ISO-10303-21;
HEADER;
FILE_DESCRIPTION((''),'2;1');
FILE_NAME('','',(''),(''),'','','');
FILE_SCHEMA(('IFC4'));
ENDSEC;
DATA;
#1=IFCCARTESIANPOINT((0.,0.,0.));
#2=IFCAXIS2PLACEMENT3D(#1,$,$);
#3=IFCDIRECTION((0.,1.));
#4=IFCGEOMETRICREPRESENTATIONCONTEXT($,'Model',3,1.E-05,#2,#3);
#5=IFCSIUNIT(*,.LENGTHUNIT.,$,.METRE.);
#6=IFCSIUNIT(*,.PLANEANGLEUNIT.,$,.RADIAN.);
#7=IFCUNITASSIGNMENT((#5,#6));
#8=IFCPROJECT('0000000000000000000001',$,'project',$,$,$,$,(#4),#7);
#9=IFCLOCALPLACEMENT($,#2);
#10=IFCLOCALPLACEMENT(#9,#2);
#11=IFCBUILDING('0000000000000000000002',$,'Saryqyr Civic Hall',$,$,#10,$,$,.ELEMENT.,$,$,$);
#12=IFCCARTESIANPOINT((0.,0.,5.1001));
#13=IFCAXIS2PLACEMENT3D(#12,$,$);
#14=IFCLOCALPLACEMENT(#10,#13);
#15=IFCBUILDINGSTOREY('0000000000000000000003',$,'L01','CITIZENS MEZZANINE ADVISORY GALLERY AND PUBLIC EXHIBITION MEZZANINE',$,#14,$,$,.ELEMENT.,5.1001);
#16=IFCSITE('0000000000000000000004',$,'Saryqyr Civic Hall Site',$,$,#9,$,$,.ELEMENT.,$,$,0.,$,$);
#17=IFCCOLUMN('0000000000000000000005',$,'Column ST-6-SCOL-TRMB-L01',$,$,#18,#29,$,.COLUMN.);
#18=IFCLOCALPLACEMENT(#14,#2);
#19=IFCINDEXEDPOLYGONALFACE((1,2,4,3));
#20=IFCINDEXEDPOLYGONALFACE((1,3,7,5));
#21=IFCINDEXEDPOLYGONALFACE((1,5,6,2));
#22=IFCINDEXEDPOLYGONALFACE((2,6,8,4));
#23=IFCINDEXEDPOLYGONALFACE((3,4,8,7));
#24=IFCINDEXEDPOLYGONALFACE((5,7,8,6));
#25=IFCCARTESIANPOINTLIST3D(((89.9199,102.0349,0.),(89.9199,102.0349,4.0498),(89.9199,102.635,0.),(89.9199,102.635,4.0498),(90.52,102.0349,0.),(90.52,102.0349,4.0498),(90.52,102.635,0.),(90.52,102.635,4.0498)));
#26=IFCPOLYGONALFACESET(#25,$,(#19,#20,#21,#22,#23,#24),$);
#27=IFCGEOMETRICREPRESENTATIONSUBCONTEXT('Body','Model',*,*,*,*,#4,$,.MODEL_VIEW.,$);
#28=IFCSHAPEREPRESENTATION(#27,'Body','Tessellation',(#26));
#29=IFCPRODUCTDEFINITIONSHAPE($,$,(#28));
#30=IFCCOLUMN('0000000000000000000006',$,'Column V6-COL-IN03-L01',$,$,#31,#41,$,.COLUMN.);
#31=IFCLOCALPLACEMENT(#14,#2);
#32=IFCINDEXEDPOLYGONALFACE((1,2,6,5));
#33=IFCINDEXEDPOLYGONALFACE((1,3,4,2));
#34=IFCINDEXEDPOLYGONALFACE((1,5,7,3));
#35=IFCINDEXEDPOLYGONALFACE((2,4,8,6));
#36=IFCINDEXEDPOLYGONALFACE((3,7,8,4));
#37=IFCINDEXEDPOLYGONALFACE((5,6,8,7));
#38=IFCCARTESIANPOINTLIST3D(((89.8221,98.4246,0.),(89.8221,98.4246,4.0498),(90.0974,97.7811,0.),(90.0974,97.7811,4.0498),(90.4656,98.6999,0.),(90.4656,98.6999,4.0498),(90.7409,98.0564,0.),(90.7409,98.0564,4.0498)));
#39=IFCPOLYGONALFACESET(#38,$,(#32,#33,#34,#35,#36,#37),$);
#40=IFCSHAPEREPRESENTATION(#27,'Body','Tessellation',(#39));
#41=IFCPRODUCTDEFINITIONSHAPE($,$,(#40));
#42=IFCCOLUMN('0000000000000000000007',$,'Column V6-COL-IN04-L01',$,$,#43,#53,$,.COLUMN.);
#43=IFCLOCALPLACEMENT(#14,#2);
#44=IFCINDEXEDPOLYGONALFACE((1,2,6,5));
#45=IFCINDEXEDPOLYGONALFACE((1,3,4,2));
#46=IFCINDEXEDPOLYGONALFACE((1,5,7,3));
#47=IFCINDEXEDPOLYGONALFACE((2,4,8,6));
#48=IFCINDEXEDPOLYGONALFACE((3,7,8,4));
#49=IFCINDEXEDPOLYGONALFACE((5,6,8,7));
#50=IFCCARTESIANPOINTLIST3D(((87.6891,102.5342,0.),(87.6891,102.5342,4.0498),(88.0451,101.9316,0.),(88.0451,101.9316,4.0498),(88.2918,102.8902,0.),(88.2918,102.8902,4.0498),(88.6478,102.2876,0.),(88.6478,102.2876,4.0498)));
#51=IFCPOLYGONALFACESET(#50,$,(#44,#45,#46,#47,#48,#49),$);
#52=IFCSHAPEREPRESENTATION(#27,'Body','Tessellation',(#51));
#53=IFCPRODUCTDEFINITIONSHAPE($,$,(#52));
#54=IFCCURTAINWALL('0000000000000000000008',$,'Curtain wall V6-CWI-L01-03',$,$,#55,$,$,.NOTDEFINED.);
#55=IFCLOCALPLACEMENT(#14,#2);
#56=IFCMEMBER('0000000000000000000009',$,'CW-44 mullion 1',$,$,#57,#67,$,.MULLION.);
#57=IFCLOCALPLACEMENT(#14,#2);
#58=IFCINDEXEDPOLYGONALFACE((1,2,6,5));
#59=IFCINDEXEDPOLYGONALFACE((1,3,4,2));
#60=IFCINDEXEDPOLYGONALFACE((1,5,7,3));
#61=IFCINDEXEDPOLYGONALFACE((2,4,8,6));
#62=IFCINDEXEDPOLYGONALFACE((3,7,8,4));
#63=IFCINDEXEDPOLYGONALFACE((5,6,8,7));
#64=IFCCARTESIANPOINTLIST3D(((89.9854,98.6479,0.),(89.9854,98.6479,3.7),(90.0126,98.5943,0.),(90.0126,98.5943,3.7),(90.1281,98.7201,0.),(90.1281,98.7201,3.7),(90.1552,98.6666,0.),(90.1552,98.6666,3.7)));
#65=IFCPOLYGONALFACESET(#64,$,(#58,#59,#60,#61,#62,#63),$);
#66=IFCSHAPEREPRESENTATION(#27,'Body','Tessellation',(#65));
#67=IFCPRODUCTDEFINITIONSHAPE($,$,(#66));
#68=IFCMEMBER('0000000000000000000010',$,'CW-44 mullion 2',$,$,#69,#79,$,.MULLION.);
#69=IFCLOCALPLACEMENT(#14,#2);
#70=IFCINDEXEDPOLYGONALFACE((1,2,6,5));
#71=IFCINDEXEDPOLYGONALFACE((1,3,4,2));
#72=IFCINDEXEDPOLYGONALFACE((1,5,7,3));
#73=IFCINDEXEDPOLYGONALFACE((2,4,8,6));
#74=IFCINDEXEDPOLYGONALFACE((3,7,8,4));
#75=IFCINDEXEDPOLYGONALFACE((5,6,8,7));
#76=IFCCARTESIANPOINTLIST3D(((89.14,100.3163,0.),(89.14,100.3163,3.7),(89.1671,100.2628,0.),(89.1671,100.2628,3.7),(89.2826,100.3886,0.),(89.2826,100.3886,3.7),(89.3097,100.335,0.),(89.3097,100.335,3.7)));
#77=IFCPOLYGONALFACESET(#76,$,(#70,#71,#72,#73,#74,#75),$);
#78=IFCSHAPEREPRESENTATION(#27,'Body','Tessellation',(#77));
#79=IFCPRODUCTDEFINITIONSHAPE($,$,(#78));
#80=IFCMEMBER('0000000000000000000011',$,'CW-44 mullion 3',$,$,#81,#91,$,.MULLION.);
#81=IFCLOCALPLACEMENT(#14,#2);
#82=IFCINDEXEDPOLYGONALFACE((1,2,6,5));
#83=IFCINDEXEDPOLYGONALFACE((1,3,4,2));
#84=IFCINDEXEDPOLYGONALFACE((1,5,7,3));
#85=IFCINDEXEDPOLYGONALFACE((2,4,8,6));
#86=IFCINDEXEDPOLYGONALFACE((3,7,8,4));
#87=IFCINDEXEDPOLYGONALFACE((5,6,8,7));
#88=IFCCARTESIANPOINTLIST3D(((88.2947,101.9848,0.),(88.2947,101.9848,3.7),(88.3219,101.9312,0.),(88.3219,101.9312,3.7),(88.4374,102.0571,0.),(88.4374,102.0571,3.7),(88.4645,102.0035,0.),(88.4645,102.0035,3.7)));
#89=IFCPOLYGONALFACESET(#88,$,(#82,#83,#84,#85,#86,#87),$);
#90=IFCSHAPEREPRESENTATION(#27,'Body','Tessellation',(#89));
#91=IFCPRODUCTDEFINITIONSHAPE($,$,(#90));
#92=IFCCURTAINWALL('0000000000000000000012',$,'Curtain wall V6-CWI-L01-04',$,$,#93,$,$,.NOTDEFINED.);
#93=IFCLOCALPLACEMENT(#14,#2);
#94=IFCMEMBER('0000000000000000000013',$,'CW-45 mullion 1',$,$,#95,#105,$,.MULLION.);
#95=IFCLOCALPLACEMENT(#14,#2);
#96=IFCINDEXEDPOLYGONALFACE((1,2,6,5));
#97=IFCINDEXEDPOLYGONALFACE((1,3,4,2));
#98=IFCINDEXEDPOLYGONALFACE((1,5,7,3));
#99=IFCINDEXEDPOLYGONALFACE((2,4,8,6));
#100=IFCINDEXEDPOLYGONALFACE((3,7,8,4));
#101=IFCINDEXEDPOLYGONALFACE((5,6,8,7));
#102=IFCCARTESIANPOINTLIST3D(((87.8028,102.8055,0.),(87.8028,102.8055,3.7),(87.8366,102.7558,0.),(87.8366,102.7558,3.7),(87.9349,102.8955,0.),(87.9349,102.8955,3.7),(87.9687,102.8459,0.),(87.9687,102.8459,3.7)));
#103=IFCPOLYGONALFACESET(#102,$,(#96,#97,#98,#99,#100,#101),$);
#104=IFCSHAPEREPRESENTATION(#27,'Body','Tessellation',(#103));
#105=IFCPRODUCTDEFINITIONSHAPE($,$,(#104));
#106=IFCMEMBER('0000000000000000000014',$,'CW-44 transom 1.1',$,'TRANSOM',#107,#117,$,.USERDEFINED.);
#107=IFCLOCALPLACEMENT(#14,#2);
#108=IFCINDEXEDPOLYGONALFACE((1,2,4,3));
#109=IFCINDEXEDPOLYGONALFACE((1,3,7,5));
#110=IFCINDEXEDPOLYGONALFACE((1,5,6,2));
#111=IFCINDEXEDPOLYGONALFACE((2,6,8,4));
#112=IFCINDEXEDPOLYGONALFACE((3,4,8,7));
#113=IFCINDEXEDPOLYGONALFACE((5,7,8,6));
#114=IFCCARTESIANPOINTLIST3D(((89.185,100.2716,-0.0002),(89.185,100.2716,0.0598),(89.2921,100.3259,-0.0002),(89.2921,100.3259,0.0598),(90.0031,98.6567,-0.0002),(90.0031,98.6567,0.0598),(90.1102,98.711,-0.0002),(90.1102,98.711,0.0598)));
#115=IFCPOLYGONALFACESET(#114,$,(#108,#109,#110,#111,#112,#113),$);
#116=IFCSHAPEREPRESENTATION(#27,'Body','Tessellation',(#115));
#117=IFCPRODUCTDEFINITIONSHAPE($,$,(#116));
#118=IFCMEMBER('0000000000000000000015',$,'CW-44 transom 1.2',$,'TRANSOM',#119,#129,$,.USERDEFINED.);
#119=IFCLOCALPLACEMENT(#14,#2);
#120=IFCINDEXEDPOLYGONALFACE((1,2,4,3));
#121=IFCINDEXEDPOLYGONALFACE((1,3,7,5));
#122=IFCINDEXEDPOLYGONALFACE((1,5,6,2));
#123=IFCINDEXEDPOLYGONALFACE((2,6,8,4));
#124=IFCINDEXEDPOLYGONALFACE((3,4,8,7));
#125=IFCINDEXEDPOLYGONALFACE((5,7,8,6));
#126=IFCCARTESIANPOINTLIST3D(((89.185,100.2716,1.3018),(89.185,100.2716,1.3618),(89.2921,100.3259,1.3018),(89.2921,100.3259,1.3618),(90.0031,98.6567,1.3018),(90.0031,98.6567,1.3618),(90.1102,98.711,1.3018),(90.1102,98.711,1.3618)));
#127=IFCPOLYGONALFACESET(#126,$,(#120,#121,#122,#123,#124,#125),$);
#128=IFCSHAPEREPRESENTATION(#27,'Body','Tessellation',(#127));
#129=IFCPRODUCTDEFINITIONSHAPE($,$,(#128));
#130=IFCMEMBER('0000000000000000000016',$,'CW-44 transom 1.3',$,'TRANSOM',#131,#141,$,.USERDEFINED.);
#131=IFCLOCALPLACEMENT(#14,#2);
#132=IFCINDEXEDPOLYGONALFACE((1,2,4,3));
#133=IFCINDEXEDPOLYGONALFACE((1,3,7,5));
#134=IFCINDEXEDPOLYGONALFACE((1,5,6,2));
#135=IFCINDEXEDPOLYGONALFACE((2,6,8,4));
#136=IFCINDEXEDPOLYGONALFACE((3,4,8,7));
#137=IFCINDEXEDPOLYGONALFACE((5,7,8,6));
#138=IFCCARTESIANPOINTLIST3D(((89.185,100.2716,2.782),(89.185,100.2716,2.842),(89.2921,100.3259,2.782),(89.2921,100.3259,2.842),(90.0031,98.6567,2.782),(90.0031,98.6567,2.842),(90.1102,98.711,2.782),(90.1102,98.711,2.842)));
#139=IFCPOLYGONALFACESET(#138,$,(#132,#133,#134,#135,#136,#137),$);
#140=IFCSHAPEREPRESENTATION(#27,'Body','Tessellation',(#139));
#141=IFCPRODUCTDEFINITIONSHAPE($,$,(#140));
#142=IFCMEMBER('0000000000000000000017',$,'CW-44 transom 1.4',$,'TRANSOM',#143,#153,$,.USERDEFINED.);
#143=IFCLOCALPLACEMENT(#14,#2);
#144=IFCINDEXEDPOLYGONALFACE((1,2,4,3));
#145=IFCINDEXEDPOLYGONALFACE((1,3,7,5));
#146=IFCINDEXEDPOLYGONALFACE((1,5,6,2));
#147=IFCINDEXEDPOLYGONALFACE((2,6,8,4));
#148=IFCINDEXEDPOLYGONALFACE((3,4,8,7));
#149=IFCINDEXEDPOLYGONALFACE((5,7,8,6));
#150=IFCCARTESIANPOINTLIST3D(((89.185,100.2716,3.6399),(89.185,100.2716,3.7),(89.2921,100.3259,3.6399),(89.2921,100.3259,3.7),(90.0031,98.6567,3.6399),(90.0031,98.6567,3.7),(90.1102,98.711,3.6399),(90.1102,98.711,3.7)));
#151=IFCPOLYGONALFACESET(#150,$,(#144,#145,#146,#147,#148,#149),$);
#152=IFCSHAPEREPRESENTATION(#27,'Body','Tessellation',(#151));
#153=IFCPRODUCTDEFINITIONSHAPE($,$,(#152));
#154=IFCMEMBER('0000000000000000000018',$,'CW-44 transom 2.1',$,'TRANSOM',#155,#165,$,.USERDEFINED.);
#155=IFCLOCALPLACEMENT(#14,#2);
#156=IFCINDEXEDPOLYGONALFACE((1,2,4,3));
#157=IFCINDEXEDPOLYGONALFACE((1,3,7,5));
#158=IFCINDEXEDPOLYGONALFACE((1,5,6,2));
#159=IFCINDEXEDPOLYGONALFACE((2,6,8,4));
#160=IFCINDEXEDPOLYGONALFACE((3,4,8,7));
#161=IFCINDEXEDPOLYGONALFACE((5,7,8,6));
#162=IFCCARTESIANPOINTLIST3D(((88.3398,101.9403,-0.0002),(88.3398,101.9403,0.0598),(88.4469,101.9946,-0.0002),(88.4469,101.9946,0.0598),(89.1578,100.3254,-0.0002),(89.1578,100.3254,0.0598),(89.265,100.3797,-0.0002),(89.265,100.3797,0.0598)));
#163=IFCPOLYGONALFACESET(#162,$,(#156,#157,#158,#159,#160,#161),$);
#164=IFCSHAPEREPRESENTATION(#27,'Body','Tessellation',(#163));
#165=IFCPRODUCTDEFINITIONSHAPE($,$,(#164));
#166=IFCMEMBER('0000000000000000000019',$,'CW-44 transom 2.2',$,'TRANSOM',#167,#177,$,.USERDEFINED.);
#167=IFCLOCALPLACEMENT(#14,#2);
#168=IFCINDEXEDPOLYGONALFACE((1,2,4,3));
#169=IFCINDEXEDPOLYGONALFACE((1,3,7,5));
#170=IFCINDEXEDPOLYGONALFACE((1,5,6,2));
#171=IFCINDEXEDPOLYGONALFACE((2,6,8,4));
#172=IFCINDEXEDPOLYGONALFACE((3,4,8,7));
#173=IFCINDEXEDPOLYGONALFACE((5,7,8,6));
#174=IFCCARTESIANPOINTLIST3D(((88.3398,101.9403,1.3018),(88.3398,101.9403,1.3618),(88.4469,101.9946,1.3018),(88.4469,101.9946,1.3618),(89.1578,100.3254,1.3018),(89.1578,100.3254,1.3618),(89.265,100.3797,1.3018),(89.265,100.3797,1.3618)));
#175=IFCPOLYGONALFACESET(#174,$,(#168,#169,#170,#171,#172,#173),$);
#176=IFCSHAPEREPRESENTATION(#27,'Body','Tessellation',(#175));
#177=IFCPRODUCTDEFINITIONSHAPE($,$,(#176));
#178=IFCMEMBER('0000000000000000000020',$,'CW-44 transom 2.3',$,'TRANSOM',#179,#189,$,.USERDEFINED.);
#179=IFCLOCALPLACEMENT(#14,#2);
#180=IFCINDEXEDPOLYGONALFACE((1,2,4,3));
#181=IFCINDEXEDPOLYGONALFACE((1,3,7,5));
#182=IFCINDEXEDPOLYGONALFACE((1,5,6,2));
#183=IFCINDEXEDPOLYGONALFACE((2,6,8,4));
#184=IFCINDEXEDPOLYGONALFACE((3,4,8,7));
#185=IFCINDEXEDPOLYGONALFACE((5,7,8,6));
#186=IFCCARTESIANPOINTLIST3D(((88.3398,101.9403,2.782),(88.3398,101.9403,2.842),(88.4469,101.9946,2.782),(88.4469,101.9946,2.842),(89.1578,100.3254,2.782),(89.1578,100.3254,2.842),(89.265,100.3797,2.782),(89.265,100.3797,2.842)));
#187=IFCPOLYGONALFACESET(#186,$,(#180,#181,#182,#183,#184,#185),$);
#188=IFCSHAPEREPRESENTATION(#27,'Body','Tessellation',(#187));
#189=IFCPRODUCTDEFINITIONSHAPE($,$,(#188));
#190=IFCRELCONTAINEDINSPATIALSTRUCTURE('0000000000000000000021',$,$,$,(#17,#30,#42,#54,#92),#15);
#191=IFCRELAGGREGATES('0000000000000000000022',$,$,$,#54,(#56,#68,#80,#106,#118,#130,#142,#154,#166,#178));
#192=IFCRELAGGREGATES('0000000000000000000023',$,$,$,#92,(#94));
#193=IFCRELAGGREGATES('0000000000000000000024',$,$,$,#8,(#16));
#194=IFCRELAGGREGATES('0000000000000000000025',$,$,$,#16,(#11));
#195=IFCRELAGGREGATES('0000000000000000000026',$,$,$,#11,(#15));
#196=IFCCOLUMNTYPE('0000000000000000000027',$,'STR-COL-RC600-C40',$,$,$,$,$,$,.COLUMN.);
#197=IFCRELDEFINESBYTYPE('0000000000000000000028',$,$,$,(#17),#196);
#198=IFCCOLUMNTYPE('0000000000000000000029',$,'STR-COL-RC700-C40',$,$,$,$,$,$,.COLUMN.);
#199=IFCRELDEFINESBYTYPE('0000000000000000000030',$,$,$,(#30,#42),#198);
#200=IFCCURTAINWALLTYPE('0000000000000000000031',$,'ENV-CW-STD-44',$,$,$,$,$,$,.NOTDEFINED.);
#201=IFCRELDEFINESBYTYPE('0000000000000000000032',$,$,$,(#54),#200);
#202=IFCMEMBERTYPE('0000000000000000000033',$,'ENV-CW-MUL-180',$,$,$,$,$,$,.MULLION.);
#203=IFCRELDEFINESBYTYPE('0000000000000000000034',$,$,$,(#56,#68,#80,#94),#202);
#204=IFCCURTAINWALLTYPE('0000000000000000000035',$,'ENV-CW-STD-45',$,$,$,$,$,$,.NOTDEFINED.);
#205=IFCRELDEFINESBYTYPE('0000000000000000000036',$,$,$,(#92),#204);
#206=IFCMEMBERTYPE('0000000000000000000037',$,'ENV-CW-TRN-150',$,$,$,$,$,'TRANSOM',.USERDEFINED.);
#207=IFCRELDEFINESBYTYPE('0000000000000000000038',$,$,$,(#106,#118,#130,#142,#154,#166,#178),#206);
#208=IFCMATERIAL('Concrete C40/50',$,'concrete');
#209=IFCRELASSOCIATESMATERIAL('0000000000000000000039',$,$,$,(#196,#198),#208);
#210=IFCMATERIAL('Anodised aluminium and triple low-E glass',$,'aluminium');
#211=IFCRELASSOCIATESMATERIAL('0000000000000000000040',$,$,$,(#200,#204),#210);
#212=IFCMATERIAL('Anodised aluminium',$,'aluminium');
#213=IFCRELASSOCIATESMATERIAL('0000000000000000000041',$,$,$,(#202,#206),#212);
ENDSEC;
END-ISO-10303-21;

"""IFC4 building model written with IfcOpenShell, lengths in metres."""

from ifc_helpers import new_model, si_unit, direction, frame, origin, origin_2d, place, context, subcontext, project, spatial, rectangle, extrude, material, material_profile, profile_set, type_object, element, aggregate, save


model = new_model("IFC4")

# Units and contexts
model_context = context("Model", 3, precision=1e-05, world=origin(), true_north=direction((0.0, 1.0)))
body_context = subcontext(model_context, "Body", "Model", "MODEL_VIEW")
ifc_project = project(units=[si_unit("LENGTHUNIT", "METRE"), si_unit("PLANEANGLEUNIT", "RADIAN")], contexts=[model_context])

# Site, building, storey
site_placement = place(None, origin())
site = spatial("IfcSite", under=ifc_project, at=site_placement, Name="Saryqyr Civic Hall Site", CompositionType="ELEMENT", RefElevation=0.0)
building_placement = place(site_placement, origin())
building = spatial("IfcBuilding", under=site, at=building_placement, Name="Saryqyr Civic Hall", CompositionType="ELEMENT")
storey_placement = place(building_placement, frame((0.0, 0.0, 5.1001)))
storey = spatial("IfcBuildingStorey", under=building, at=storey_placement, Name="L01", Description="CITIZENS MEZZANINE ADVISORY GALLERY AND PUBLIC EXHIBITION MEZZANINE", CompositionType="ELEMENT", Elevation=5.1001)

# Columns
ifc_material_1 = material(Name="Concrete C40/50", Category="concrete")
ifc_material_profile_1 = material_profile(ifc_material_1, rectangle(XDim=0.6001, YDim=0.6001, at=origin_2d()), Name="RC 600x600")
ifc_profile_set_1 = profile_set([ifc_material_profile_1], Name="Concrete C40/50")
column_type_1 = type_object("IfcColumnType", Name="STR-COL-RC600-C40", PredefinedType="COLUMN", material=ifc_profile_set_1)
column_placement = place(storey_placement, frame((90.22, 102.335, 0.0), z_axis=(0.0, 0.0, 1.0), x_axis=(1.0, 0.0, 0.0)))
element("IfcColumn", 1, at=column_placement, inside=storey, type_object=column_type_1, Name="Column ST-6-SCOL-TRMB-L01", PredefinedType="COLUMN", context=body_context, shape_type="SweptSolid", body=[
    extrude(rectangle(XDim=0.6001, YDim=0.6001, at=origin_2d()), origin(), (0.0, 0.0, 1.0), 4.0498),
])
ifc_material_profile_2 = material_profile(ifc_material_1, rectangle(XDim=0.7, YDim=0.7, at=origin_2d()), Name="RC 700x700")
ifc_profile_set_2 = profile_set([ifc_material_profile_2], Name="Concrete C40/50")
column_type_2 = type_object("IfcColumnType", Name="STR-COL-RC700-C40", PredefinedType="COLUMN", material=ifc_profile_set_2)
for number, where, z_axis, x_axis, name in (
    (2, (90.2815, 98.2405, 0.0), (0.0, 0.0, 1.0), (0.91941, 0.3933, 0.0), "Column V6-COL-IN03-L01"),
    (3, (88.1685, 102.4109, 0.0), (0.0, 0.0, 1.0), (0.861008, 0.508591, 0.0), "Column V6-COL-IN04-L01"),
):
    element("IfcColumn", number, at=place(storey_placement, frame(where, z_axis=z_axis, x_axis=x_axis)), inside=storey, type_object=column_type_2, Name=name, PredefinedType="COLUMN", context=body_context, shape_type="SweptSolid", body=[
        extrude(rectangle(XDim=0.7, YDim=0.7, at=origin_2d()), origin(), (0.0, 0.0, 1.0), 4.0498),
    ])

# Curtain wall, members
ifc_material_2 = material(Name="Anodised aluminium and triple low-E glass", Category="aluminium")
curtain_wall_type_1 = type_object("IfcCurtainWallType", Name="ENV-CW-STD-44", PredefinedType="NOTDEFINED", material=ifc_material_2)
curtain_wall_1_placement = place(storey_placement, origin())
curtain_wall_1 = element("IfcCurtainWall", 4, at=curtain_wall_1_placement, inside=storey, type_object=curtain_wall_type_1, Name="Curtain wall V6-CWI-L01-03", PredefinedType="NOTDEFINED")
ifc_material_3 = material(Name="Anodised aluminium", Category="aluminium")
ifc_material_profile_3 = material_profile(ifc_material_3, rectangle(XDim=0.0601, YDim=0.1599, at=origin_2d()), Name="ALU MULLION 60x160")
ifc_profile_set_3 = profile_set([ifc_material_profile_3], Name="Anodised aluminium")
member_type_1 = type_object("IfcMemberType", Name="ENV-CW-MUL-180", PredefinedType="MULLION", material=ifc_profile_set_3)
member_1_placement = place(storey_placement, frame((90.0703, 98.6572, 0.0), z_axis=(0.0, 0.0, 1.0), x_axis=(-0.451922, 0.892057, 0.0)))
member_1 = element("IfcMember", 5, at=member_1_placement, type_object=member_type_1, Name="CW-44 mullion 1", PredefinedType="MULLION", context=body_context, shape_type="SweptSolid", body=[
    extrude(rectangle(XDim=0.0601, YDim=0.1599, at=origin_2d()), origin(), (0.0, 0.0, 1.0), 3.7),
])
member_2_placement = place(storey_placement, frame((89.2249, 100.3257, 0.0), z_axis=(0.0, 0.0, 1.0), x_axis=(-0.451922, 0.892057, 0.0)))
member_2 = element("IfcMember", 6, at=member_2_placement, type_object=member_type_1, Name="CW-44 mullion 2", PredefinedType="MULLION", context=body_context, shape_type="SweptSolid", body=[
    extrude(rectangle(XDim=0.0601, YDim=0.1599, at=origin_2d()), origin(), (0.0, 0.0, 1.0), 3.7),
])
member_3_placement = place(storey_placement, frame((88.3796, 101.9941, 0.0), z_axis=(0.0, 0.0, 1.0), x_axis=(-0.451922, 0.892057, 0.0)))
member_3 = element("IfcMember", 7, at=member_3_placement, type_object=member_type_1, Name="CW-44 mullion 3", PredefinedType="MULLION", context=body_context, shape_type="SweptSolid", body=[
    extrude(rectangle(XDim=0.0601, YDim=0.1599, at=origin_2d()), origin(), (0.0, 0.0, 1.0), 3.7),
])

# Curtain wall, member
curtain_wall_type_2 = type_object("IfcCurtainWallType", Name="ENV-CW-STD-45", PredefinedType="NOTDEFINED", material=ifc_material_2)
curtain_wall_2_placement = place(storey_placement, origin())
curtain_wall_2 = element("IfcCurtainWall", 8, at=curtain_wall_2_placement, inside=storey, type_object=curtain_wall_type_2, Name="Curtain wall V6-CWI-L01-04", PredefinedType="NOTDEFINED")
member_4_placement = place(storey_placement, frame((87.8857, 102.8257, 0.0), z_axis=(0.0, 0.0, 1.0), x_axis=(-0.56312, 0.826375, 0.0)))
member_4 = element("IfcMember", 9, at=member_4_placement, type_object=member_type_1, Name="CW-45 mullion 1", PredefinedType="MULLION", context=body_context, shape_type="SweptSolid", body=[
    extrude(rectangle(XDim=0.0601, YDim=0.1599, at=origin_2d()), origin(), (0.0, 0.0, 1.0), 3.7),
])

# Members
ifc_material_profile_4 = material_profile(ifc_material_3, rectangle(XDim=0.1201, YDim=0.0601, at=origin_2d()), Name="ALU TRANSOM 120x60")
ifc_profile_set_4 = profile_set([ifc_material_profile_4], Name="Anodised aluminium")
member_type_2 = type_object("IfcMemberType", Name="ENV-CW-TRN-150", ElementType="TRANSOM", PredefinedType="USERDEFINED", material=ifc_profile_set_4)
member_5_placement = place(storey_placement, frame((90.0566, 98.6838, 0.0298), z_axis=(-0.4519, 0.892068, 0.0), x_axis=(-0.892068, -0.4519, 0.0)))
member_5 = element("IfcMember", 10, at=member_5_placement, type_object=member_type_2, Name="CW-44 transom 1.1", ObjectType="TRANSOM", PredefinedType="USERDEFINED", context=body_context, shape_type="SweptSolid", body=[
    extrude(rectangle(XDim=0.1201, YDim=0.0601, at=origin_2d()), origin(), (0.0, 0.0, 1.0), 1.8103),
])
member_6_placement = place(storey_placement, frame((90.0566, 98.6838, 1.3318), z_axis=(-0.4519, 0.892068, 0.0), x_axis=(-0.892068, -0.4519, 0.0)))
member_6 = element("IfcMember", 11, at=member_6_placement, type_object=member_type_2, Name="CW-44 transom 1.2", ObjectType="TRANSOM", PredefinedType="USERDEFINED", context=body_context, shape_type="SweptSolid", body=[
    extrude(rectangle(XDim=0.1201, YDim=0.0601, at=origin_2d()), origin(), (0.0, 0.0, 1.0), 1.8103),
])
member_7_placement = place(storey_placement, frame((90.0566, 98.6838, 2.812), z_axis=(-0.4519, 0.892068, 0.0), x_axis=(-0.892068, -0.4519, 0.0)))
member_7 = element("IfcMember", 12, at=member_7_placement, type_object=member_type_2, Name="CW-44 transom 1.3", ObjectType="TRANSOM", PredefinedType="USERDEFINED", context=body_context, shape_type="SweptSolid", body=[
    extrude(rectangle(XDim=0.1201, YDim=0.0601, at=origin_2d()), origin(), (0.0, 0.0, 1.0), 1.8103),
])
member_8_placement = place(storey_placement, frame((90.0566, 98.6838, 3.6699), z_axis=(-0.4519, 0.892068, 0.0), x_axis=(-0.892068, -0.4519, 0.0)))
member_8 = element("IfcMember", 13, at=member_8_placement, type_object=member_type_2, Name="CW-44 transom 1.4", ObjectType="TRANSOM", PredefinedType="USERDEFINED", context=body_context, shape_type="SweptSolid", body=[
    extrude(rectangle(XDim=0.1201, YDim=0.0601, at=origin_2d()), origin(), (0.0, 0.0, 1.0), 1.8103),
])
member_9_placement = place(storey_placement, frame((89.2114, 100.3525, 0.0298), z_axis=(-0.4519, 0.892068, 0.0), x_axis=(-0.892068, -0.4519, 0.0)))
member_9 = element("IfcMember", 14, at=member_9_placement, type_object=member_type_2, Name="CW-44 transom 2.1", ObjectType="TRANSOM", PredefinedType="USERDEFINED", context=body_context, shape_type="SweptSolid", body=[
    extrude(rectangle(XDim=0.1201, YDim=0.0601, at=origin_2d()), origin(), (0.0, 0.0, 1.0), 1.8103),
])
member_10_placement = place(storey_placement, frame((89.2114, 100.3525, 1.3318), z_axis=(-0.4519, 0.892068, 0.0), x_axis=(-0.892068, -0.4519, 0.0)))
member_10 = element("IfcMember", 15, at=member_10_placement, type_object=member_type_2, Name="CW-44 transom 2.2", ObjectType="TRANSOM", PredefinedType="USERDEFINED", context=body_context, shape_type="SweptSolid", body=[
    extrude(rectangle(XDim=0.1201, YDim=0.0601, at=origin_2d()), origin(), (0.0, 0.0, 1.0), 1.8103),
])
member_11_placement = place(storey_placement, frame((89.2114, 100.3525, 2.812), z_axis=(-0.4519, 0.892068, 0.0), x_axis=(-0.892068, -0.4519, 0.0)))
member_11 = element("IfcMember", 16, at=member_11_placement, type_object=member_type_2, Name="CW-44 transom 2.3", ObjectType="TRANSOM", PredefinedType="USERDEFINED", context=body_context, shape_type="SweptSolid", body=[
    extrude(rectangle(XDim=0.1201, YDim=0.0601, at=origin_2d()), origin(), (0.0, 0.0, 1.0), 1.8103),
])

aggregate(curtain_wall_1, [member_1, member_2, member_3, member_5, member_6, member_7, member_8, member_9, member_10, member_11])
aggregate(curtain_wall_2, [member_4])

save(model, "model.ifc")
